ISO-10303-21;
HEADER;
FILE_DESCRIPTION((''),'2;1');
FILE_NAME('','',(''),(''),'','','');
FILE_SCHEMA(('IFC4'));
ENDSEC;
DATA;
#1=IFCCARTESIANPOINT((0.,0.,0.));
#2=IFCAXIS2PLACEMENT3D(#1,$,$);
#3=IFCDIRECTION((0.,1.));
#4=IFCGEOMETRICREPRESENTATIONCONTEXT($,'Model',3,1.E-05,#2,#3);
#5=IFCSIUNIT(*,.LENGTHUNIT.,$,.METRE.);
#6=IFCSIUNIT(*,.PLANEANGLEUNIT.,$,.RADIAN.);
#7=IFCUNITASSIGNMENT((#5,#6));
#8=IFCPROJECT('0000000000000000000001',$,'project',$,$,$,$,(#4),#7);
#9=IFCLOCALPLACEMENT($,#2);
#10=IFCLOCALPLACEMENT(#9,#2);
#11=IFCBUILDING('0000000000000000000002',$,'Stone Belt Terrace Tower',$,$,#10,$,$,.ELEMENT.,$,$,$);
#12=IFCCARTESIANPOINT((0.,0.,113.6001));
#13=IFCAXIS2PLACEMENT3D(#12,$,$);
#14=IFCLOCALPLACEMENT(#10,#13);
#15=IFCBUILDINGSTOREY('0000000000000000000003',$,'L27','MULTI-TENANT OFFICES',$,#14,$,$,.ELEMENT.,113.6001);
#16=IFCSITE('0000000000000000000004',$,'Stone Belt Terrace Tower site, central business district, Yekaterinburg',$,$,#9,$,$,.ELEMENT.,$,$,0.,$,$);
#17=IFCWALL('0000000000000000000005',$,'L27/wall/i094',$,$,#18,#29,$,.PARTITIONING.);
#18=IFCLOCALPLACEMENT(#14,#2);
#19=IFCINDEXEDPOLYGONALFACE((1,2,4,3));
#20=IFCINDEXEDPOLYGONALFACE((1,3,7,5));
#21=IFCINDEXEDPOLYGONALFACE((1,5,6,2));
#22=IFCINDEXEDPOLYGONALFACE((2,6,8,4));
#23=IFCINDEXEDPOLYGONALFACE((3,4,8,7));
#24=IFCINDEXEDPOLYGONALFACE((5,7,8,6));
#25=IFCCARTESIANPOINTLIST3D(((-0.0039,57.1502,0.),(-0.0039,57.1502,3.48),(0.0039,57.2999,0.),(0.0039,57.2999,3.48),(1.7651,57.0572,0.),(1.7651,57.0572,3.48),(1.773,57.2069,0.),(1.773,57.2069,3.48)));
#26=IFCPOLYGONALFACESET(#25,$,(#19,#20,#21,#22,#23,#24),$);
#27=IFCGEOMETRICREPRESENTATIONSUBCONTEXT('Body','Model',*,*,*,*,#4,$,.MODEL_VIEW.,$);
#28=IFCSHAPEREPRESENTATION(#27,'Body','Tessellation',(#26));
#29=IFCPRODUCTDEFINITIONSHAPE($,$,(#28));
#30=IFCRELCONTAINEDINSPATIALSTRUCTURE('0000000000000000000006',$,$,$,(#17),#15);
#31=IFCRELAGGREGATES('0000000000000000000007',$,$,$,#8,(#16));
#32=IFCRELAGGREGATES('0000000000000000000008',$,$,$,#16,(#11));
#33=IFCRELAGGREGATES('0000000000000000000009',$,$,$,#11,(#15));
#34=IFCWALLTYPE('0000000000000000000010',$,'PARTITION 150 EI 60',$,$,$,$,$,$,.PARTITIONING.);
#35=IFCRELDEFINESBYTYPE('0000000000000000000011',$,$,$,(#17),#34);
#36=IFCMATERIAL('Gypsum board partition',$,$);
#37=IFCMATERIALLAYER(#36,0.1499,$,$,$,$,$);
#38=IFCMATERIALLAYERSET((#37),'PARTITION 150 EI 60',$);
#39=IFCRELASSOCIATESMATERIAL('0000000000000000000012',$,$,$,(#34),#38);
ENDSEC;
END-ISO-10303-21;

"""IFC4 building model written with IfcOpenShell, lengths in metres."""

from ifc_helpers import new_model, si_unit, direction, frame, frame_2d, origin, place, context, subcontext, project, spatial, rectangle, extrude, material, layer, layer_set, type_object, element, save


model = new_model("IFC4")

# Units and contexts
model_context = context("Model", 3, precision=1e-05, world=origin(), true_north=direction((0.0, 1.0)))
body_context = subcontext(model_context, "Body", "Model", "MODEL_VIEW")
ifc_project = project(units=[si_unit("LENGTHUNIT", "METRE"), si_unit("PLANEANGLEUNIT", "RADIAN")], contexts=[model_context])

# Site, building, storey
site_placement = place(None, origin())
site = spatial("IfcSite", under=ifc_project, at=site_placement, Name="Stone Belt Terrace Tower site, central business district, Yekaterinburg", CompositionType="ELEMENT", RefElevation=0.0)
building_placement = place(site_placement, origin())
building = spatial("IfcBuilding", under=site, at=building_placement, Name="Stone Belt Terrace Tower", CompositionType="ELEMENT")
storey_placement = place(building_placement, frame((0.0, 0.0, 113.6001)))
storey = spatial("IfcBuildingStorey", under=building, at=storey_placement, Name="L27", Description="MULTI-TENANT OFFICES", CompositionType="ELEMENT", Elevation=113.6001)

# Shared definitions
ifc_material_1 = material(Name="Gypsum board partition")

# Wall
ifc_layer_1 = layer(ifc_material_1, 0.1499)
ifc_layer_set_1 = layer_set([ifc_layer_1], Name="PARTITION 150 EI 60")
wall_type_1 = type_object("IfcWallType", Name="PARTITION 150 EI 60", PredefinedType="PARTITIONING", material=ifc_layer_set_1)
wall_1_placement = place(storey_placement, frame((0.0, 57.2251, 0.0), z_axis=(0.0, 0.0, 1.0), x_axis=(0.99862, -0.052508, 0.0)))
element("IfcWall", 1, at=wall_1_placement, inside=storey, type_object=wall_type_1, Name="L27/wall/i094", PredefinedType="PARTITIONING", context=body_context, shape_type="SweptSolid", body=[
    extrude(rectangle(XDim=1.7715, YDim=0.1499, at=frame_2d((0.8857, 0.0))), origin(), (0.0, 0.0, 1.0), 3.48),
])

save(model, "model.ifc")
